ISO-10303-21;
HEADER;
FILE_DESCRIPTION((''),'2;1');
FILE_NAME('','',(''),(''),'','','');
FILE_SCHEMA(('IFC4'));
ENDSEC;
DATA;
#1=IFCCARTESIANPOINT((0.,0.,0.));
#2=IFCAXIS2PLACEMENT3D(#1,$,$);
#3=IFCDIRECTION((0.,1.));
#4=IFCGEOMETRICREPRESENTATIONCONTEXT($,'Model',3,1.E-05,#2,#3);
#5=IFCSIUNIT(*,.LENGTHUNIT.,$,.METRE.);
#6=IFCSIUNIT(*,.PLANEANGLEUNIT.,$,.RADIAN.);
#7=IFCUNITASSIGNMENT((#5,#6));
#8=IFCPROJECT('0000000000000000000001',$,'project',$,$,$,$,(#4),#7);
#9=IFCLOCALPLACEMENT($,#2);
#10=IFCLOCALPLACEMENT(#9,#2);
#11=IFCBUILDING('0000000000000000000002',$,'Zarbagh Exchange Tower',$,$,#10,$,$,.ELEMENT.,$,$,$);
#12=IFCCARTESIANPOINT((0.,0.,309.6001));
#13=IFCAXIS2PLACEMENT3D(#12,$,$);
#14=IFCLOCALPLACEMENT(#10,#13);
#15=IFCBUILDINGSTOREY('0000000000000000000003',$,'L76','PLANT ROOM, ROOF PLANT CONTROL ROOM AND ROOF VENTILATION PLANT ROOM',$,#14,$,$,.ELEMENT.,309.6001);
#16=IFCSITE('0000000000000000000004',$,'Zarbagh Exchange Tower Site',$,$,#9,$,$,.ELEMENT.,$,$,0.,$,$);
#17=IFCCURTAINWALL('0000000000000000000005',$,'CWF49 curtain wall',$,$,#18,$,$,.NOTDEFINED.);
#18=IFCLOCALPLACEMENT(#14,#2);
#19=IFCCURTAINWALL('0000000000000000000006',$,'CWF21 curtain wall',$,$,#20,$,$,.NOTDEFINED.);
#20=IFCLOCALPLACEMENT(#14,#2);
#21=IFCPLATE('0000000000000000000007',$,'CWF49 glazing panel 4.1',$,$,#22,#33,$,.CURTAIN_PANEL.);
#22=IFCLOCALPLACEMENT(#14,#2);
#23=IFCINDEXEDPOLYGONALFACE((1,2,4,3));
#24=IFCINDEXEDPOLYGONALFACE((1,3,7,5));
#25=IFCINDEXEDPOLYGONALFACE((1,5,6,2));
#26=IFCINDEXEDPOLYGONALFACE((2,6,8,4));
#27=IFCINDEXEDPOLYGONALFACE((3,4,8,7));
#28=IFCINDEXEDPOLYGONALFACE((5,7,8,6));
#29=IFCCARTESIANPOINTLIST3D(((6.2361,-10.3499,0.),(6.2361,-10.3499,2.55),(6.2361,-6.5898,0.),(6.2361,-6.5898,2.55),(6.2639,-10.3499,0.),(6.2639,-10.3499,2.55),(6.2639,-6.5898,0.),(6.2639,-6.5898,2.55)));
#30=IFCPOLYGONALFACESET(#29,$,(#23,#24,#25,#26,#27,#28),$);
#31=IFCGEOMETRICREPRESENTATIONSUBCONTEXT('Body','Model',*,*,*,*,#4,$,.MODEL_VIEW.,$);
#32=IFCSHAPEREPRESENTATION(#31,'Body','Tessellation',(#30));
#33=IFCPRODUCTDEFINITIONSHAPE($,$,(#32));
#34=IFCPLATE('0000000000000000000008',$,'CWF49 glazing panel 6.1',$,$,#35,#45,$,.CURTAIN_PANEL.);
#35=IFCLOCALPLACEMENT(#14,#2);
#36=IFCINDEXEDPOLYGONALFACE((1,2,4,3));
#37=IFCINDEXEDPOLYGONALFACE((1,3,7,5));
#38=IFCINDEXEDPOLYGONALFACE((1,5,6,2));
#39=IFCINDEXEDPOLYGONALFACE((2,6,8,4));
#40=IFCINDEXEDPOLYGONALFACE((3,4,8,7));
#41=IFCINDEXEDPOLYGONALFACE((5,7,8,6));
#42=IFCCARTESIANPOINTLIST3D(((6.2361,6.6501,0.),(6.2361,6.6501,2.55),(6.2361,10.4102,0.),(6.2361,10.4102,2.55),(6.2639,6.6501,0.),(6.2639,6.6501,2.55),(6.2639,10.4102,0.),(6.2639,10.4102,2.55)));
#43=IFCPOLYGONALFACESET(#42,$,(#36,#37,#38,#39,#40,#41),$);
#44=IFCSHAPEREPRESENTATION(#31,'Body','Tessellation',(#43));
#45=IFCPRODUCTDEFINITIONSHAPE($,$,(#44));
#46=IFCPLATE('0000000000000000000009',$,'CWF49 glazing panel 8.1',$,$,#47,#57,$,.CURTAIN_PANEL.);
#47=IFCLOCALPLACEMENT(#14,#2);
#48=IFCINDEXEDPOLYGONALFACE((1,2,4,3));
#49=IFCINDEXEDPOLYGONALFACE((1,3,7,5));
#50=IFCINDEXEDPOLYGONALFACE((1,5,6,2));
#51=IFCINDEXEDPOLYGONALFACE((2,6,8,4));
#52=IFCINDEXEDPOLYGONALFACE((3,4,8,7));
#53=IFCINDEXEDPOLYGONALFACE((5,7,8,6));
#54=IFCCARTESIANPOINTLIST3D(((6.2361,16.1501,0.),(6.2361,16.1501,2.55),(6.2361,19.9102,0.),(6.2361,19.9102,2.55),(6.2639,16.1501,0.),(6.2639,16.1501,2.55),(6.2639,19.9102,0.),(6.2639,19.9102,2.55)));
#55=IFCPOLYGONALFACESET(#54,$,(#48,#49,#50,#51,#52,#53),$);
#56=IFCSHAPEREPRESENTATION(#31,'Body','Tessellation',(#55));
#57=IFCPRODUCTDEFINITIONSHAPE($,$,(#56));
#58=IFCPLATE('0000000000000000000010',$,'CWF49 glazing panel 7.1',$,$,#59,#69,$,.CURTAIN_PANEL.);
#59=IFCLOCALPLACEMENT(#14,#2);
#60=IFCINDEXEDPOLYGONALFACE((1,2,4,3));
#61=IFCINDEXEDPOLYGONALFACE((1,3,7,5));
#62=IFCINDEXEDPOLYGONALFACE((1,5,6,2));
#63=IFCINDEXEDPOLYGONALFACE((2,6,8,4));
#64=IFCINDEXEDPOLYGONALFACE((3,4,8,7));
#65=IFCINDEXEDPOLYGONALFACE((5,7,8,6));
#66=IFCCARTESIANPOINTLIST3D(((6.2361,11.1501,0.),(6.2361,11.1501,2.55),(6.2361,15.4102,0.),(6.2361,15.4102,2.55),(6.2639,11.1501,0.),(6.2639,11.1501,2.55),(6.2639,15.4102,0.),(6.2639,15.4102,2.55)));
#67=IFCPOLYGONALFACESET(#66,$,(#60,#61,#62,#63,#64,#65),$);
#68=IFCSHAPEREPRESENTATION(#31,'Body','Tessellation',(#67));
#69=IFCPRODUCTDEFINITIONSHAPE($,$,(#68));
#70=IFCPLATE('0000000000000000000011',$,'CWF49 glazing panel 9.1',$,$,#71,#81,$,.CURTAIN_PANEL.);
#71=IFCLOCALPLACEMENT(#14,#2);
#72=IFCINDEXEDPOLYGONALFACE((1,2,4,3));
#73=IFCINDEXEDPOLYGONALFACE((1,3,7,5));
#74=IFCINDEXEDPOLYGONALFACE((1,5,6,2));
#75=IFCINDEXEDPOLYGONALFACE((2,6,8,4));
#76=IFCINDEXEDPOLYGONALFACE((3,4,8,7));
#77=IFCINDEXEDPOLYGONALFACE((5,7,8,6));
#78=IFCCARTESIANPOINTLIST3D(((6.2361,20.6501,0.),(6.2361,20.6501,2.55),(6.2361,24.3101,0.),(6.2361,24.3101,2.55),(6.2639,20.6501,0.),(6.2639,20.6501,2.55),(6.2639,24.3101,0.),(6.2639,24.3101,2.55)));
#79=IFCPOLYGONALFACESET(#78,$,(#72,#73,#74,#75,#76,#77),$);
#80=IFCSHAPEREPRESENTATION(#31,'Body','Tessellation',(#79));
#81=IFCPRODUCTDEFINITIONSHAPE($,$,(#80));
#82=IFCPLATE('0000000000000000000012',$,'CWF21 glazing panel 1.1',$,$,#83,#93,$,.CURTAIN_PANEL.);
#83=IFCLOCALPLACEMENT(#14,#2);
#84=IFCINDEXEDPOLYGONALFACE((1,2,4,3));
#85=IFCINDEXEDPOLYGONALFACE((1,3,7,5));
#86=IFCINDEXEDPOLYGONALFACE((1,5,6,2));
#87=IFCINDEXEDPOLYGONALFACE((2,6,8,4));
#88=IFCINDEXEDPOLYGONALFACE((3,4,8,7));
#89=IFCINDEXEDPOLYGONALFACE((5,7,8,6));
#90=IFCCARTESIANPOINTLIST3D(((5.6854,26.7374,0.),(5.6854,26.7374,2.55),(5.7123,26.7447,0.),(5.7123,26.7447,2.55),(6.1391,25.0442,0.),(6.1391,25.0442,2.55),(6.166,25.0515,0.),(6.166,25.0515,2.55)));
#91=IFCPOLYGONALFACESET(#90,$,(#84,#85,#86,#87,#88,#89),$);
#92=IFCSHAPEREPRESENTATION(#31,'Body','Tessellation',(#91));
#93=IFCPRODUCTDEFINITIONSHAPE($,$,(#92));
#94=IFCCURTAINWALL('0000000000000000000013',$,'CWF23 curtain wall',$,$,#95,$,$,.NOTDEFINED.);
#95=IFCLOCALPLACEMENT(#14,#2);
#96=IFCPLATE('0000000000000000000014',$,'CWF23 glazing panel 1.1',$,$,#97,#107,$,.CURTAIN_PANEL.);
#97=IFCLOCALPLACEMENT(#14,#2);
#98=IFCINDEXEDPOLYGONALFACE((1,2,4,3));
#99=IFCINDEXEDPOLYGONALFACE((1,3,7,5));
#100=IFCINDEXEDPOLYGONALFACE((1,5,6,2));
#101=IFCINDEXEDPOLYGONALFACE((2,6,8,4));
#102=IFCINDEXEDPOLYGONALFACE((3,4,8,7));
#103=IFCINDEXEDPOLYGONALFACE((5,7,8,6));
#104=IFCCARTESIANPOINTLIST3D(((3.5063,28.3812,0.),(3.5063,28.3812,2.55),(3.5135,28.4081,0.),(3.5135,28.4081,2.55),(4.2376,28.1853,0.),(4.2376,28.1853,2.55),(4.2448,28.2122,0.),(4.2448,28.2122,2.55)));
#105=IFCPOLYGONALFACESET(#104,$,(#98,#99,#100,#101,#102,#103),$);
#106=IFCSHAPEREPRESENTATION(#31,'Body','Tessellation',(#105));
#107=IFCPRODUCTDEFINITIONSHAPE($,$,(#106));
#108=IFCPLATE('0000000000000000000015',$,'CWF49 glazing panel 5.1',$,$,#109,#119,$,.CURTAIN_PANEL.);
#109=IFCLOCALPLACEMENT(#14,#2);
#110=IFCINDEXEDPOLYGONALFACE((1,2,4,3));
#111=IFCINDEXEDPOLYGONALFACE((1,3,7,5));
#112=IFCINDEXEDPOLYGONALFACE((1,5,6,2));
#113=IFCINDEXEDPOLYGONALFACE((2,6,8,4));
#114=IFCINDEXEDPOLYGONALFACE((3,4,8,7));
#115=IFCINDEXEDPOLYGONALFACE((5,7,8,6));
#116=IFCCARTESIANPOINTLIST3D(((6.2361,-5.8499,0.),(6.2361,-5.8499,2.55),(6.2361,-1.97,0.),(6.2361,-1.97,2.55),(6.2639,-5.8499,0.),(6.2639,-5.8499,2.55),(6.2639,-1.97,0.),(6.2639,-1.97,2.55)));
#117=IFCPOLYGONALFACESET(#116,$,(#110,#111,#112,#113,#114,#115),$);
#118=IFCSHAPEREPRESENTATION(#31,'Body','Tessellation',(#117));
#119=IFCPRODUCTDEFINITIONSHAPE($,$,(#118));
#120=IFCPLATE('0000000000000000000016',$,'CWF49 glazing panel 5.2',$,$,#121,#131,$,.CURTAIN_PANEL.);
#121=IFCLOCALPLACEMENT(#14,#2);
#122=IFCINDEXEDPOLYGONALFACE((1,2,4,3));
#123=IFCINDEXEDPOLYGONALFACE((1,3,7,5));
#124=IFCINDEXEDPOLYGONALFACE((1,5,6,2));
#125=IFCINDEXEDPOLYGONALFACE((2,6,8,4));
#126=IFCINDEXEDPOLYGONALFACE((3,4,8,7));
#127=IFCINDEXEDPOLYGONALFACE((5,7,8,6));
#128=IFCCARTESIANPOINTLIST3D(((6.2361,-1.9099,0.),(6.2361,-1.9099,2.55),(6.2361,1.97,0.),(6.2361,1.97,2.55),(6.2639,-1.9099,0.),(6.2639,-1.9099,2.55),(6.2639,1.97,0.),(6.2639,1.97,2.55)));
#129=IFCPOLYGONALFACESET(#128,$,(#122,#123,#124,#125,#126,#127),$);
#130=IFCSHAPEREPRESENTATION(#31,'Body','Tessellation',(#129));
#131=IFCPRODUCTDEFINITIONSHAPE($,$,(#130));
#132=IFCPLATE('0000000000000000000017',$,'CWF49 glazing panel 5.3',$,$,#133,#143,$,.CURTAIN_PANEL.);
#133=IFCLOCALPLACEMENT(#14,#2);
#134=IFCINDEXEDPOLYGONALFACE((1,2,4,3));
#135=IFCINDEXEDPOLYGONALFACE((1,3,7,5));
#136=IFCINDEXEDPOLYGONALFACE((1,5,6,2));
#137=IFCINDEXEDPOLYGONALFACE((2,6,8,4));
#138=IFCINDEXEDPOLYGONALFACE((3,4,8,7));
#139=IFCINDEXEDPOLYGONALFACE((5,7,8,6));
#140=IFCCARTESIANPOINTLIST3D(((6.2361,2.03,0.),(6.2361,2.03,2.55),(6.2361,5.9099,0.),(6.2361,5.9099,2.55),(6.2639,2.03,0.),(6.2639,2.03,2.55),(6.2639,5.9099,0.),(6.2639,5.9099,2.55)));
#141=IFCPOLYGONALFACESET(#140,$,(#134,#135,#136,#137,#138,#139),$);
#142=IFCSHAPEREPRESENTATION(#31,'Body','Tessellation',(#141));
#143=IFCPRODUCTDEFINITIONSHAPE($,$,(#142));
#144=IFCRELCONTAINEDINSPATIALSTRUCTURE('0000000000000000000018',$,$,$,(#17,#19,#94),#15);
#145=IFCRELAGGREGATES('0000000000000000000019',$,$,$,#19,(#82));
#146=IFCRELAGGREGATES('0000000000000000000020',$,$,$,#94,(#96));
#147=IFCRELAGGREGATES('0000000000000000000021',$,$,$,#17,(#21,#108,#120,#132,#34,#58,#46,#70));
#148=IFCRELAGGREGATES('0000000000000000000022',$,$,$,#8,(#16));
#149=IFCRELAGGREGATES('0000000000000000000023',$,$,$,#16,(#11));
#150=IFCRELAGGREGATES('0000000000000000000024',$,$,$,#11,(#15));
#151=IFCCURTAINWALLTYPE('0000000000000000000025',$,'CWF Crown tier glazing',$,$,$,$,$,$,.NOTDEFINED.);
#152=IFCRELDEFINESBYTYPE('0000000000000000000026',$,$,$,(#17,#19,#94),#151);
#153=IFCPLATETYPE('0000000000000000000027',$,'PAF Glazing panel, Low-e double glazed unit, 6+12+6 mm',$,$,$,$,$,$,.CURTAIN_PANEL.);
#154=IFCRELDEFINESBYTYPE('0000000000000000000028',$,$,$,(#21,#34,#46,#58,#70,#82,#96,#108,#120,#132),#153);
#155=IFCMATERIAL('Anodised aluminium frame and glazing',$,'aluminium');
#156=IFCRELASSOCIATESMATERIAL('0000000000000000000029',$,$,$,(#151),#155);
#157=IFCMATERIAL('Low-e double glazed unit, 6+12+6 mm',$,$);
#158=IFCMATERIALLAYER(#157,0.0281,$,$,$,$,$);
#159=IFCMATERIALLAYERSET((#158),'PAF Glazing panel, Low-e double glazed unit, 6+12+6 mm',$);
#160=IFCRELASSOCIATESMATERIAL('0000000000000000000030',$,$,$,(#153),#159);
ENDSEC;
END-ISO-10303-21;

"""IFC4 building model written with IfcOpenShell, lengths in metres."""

from ifc_helpers import new_model, si_unit, direction, frame, origin, place, context, subcontext, project, spatial, polyline, outline, extrude, source, transform, mapped, material, layer, layer_set, type_object, element, aggregate, save


model = new_model("IFC4")

# Units and contexts
model_context = context("Model", 3, precision=1e-05, world=origin(), true_north=direction((0.0, 1.0)))
body_context = subcontext(model_context, "Body", "Model", "MODEL_VIEW")
ifc_project = project(units=[si_unit("LENGTHUNIT", "METRE"), si_unit("PLANEANGLEUNIT", "RADIAN")], contexts=[model_context])

# Site, building, storey
site_placement = place(None, origin())
site = spatial("IfcSite", under=ifc_project, at=site_placement, Name="Zarbagh Exchange Tower Site", CompositionType="ELEMENT", RefElevation=0.0)
building_placement = place(site_placement, origin())
building = spatial("IfcBuilding", under=site, at=building_placement, Name="Zarbagh Exchange Tower", CompositionType="ELEMENT")
storey_placement = place(building_placement, frame((0.0, 0.0, 309.6001)))
storey = spatial("IfcBuildingStorey", under=building, at=storey_placement, Name="L76", Description="PLANT ROOM, ROOF PLANT CONTROL ROOM AND ROOF VENTILATION PLANT ROOM", CompositionType="ELEMENT", Elevation=309.6001)

# Curtain wall
ifc_material_1 = material(Name="Anodised aluminium frame and glazing", Category="aluminium")
curtain_wall_type = type_object("IfcCurtainWallType", Name="CWF Crown tier glazing", PredefinedType="NOTDEFINED", material=ifc_material_1)
curtain_wall_1_placement = place(storey_placement, origin())
curtain_wall_1 = element("IfcCurtainWall", 1, at=curtain_wall_1_placement, inside=storey, type_object=curtain_wall_type, Name="CWF49 curtain wall", PredefinedType="NOTDEFINED")
placement = place(storey_placement, origin())

# Curtain wall
curtain_wall_2_placement = place(storey_placement, origin())
curtain_wall_2 = element("IfcCurtainWall", 2, at=curtain_wall_2_placement, inside=storey, type_object=curtain_wall_type, Name="CWF21 curtain wall", PredefinedType="NOTDEFINED")

# Shared definitions
ifc_material_2 = material(Name="Low-e double glazed unit, 6+12+6 mm")
ifc_layer = layer(ifc_material_2, 0.0281)
ifc_layer_set = layer_set([ifc_layer], Name="PAF Glazing panel, Low-e double glazed unit, 6+12+6 mm")
plate_type = type_object("IfcPlateType", Name="PAF Glazing panel, Low-e double glazed unit, 6+12+6 mm", PredefinedType="CURTAIN_PANEL", material=ifc_layer_set)

# Plates
shared_shape_1 = source(origin(), body_context, "Body", "SweptSolid", [
    extrude(outline(polyline([(0.0, -0.0139), (3.76, -0.0139), (3.76, 0.0139), (0.0, 0.0139), (0.0, -0.0139)])), origin(), (0.0, 0.0, 1.0), 2.55),
])
plate_1 = element("IfcPlate", 3, at=placement, type_object=plate_type, Name="CWF49 glazing panel 4.1", PredefinedType="CURTAIN_PANEL", context=body_context, shape_type="MappedRepresentation", body=[
    mapped(shared_shape_1, transform((6.25, -10.3499, 0.0), x_axis=(0.0, 1.0, 0.0), y_axis=(-1.0, 0.0, 0.0), z_axis=(0.0, 0.0, 1.0))),
])
plate_2 = element("IfcPlate", 4, at=placement, type_object=plate_type, Name="CWF49 glazing panel 6.1", PredefinedType="CURTAIN_PANEL", context=body_context, shape_type="MappedRepresentation", body=[
    mapped(shared_shape_1, transform((6.25, 6.6501, 0.0), x_axis=(0.0, 1.0, 0.0), y_axis=(-1.0, 0.0, 0.0), z_axis=(0.0, 0.0, 1.0))),
])
plate_3 = element("IfcPlate", 5, at=placement, type_object=plate_type, Name="CWF49 glazing panel 8.1", PredefinedType="CURTAIN_PANEL", context=body_context, shape_type="MappedRepresentation", body=[
    mapped(shared_shape_1, transform((6.25, 16.1501, 0.0), x_axis=(0.0, 1.0, 0.0), y_axis=(-1.0, 0.0, 0.0), z_axis=(0.0, 0.0, 1.0))),
])
shared_shape_2 = source(origin(), body_context, "Body", "SweptSolid", [
    extrude(outline(polyline([(0.0, -0.0139), (4.26, -0.0139), (4.26, 0.0139), (0.0, 0.0139), (0.0, -0.0139)])), origin(), (0.0, 0.0, 1.0), 2.55),
])
plate_4 = element("IfcPlate", 6, at=placement, type_object=plate_type, Name="CWF49 glazing panel 7.1", PredefinedType="CURTAIN_PANEL", context=body_context, shape_type="MappedRepresentation", body=[
    mapped(shared_shape_2, transform((6.25, 11.1501, 0.0), x_axis=(0.0, 1.0, 0.0), y_axis=(-1.0, 0.0, 0.0), z_axis=(0.0, 0.0, 1.0))),
])
shared_shape_3 = source(origin(), body_context, "Body", "SweptSolid", [
    extrude(outline(polyline([(0.0, -0.0139), (3.6599, -0.0139), (3.6599, 0.0139), (0.0, 0.0139), (0.0, -0.0139)])), origin(), (0.0, 0.0, 1.0), 2.55),
])
plate_5 = element("IfcPlate", 7, at=placement, type_object=plate_type, Name="CWF49 glazing panel 9.1", PredefinedType="CURTAIN_PANEL", context=body_context, shape_type="MappedRepresentation", body=[
    mapped(shared_shape_3, transform((6.25, 20.6501, 0.0), x_axis=(0.0, 1.0, 0.0), y_axis=(-1.0, 0.0, 0.0), z_axis=(0.0, 0.0, 1.0))),
])
shared_shape_4 = source(origin(), body_context, "Body", "SweptSolid", [
    extrude(outline(polyline([(0.0, -0.0139), (1.7529, -0.0139), (1.7529, 0.0139), (0.0, 0.0139), (0.0, -0.0139)])), origin(), (0.0, 0.0, 1.0), 2.55),
])
plate_6 = element("IfcPlate", 8, at=placement, type_object=plate_type, Name="CWF21 glazing panel 1.1", PredefinedType="CURTAIN_PANEL", context=body_context, shape_type="MappedRepresentation", body=[
    mapped(shared_shape_4, transform((6.1526, 25.0479, 0.0), x_axis=(-0.258825, 0.965924, 0.0), y_axis=(-0.965924, -0.258825, 0.0), z_axis=(0.0, 0.0, 1.0))),
])
aggregate(curtain_wall_2, [plate_6])

# Curtain wall, plate
curtain_wall_3_placement = place(storey_placement, origin())
curtain_wall_3 = element("IfcCurtainWall", 9, at=curtain_wall_3_placement, inside=storey, type_object=curtain_wall_type, Name="CWF23 curtain wall", PredefinedType="NOTDEFINED")
shared_shape_5 = source(origin(), body_context, "Body", "SweptSolid", [
    extrude(outline(polyline([(0.0, -0.0139), (0.7571, -0.0139), (0.7571, 0.0139), (0.0, 0.0139), (0.0, -0.0139)])), origin(), (0.0, 0.0, 1.0), 2.55),
])
plate_7 = element("IfcPlate", 10, at=placement, type_object=plate_type, Name="CWF23 glazing panel 1.1", PredefinedType="CURTAIN_PANEL", context=body_context, shape_type="MappedRepresentation", body=[
    mapped(shared_shape_5, transform((4.2412, 28.1987, 0.0), x_axis=(-0.965924, 0.258825, 0.0), y_axis=(-0.258825, -0.965924, 0.0), z_axis=(0.0, 0.0, 1.0))),
])
aggregate(curtain_wall_3, [plate_7])

# Plates
shared_shape_6 = source(origin(), body_context, "Body", "SweptSolid", [
    extrude(outline(polyline([(0.0, -0.0139), (3.8799, -0.0139), (3.8799, 0.0139), (0.0, 0.0139), (0.0, -0.0139)])), origin(), (0.0, 0.0, 1.0), 2.55),
])
plate_8 = element("IfcPlate", 11, at=placement, type_object=plate_type, Name="CWF49 glazing panel 5.1", PredefinedType="CURTAIN_PANEL", context=body_context, shape_type="MappedRepresentation", body=[
    mapped(shared_shape_6, transform((6.25, -5.8499, 0.0), x_axis=(0.0, 1.0, 0.0), y_axis=(-1.0, 0.0, 0.0), z_axis=(0.0, 0.0, 1.0))),
])
plate_9 = element("IfcPlate", 12, at=placement, type_object=plate_type, Name="CWF49 glazing panel 5.2", PredefinedType="CURTAIN_PANEL", context=body_context, shape_type="MappedRepresentation", body=[
    mapped(shared_shape_6, transform((6.25, -1.9099, 0.0), x_axis=(0.0, 1.0, 0.0), y_axis=(-1.0, 0.0, 0.0), z_axis=(0.0, 0.0, 1.0))),
])
plate_10 = element("IfcPlate", 13, at=placement, type_object=plate_type, Name="CWF49 glazing panel 5.3", PredefinedType="CURTAIN_PANEL", context=body_context, shape_type="MappedRepresentation", body=[
    mapped(shared_shape_6, transform((6.25, 2.03, 0.0), x_axis=(0.0, 1.0, 0.0), y_axis=(-1.0, 0.0, 0.0), z_axis=(0.0, 0.0, 1.0))),
])
aggregate(curtain_wall_1, [plate_1, plate_8, plate_9, plate_10, plate_2, plate_4, plate_3, plate_5])

save(model, "model.ifc")
